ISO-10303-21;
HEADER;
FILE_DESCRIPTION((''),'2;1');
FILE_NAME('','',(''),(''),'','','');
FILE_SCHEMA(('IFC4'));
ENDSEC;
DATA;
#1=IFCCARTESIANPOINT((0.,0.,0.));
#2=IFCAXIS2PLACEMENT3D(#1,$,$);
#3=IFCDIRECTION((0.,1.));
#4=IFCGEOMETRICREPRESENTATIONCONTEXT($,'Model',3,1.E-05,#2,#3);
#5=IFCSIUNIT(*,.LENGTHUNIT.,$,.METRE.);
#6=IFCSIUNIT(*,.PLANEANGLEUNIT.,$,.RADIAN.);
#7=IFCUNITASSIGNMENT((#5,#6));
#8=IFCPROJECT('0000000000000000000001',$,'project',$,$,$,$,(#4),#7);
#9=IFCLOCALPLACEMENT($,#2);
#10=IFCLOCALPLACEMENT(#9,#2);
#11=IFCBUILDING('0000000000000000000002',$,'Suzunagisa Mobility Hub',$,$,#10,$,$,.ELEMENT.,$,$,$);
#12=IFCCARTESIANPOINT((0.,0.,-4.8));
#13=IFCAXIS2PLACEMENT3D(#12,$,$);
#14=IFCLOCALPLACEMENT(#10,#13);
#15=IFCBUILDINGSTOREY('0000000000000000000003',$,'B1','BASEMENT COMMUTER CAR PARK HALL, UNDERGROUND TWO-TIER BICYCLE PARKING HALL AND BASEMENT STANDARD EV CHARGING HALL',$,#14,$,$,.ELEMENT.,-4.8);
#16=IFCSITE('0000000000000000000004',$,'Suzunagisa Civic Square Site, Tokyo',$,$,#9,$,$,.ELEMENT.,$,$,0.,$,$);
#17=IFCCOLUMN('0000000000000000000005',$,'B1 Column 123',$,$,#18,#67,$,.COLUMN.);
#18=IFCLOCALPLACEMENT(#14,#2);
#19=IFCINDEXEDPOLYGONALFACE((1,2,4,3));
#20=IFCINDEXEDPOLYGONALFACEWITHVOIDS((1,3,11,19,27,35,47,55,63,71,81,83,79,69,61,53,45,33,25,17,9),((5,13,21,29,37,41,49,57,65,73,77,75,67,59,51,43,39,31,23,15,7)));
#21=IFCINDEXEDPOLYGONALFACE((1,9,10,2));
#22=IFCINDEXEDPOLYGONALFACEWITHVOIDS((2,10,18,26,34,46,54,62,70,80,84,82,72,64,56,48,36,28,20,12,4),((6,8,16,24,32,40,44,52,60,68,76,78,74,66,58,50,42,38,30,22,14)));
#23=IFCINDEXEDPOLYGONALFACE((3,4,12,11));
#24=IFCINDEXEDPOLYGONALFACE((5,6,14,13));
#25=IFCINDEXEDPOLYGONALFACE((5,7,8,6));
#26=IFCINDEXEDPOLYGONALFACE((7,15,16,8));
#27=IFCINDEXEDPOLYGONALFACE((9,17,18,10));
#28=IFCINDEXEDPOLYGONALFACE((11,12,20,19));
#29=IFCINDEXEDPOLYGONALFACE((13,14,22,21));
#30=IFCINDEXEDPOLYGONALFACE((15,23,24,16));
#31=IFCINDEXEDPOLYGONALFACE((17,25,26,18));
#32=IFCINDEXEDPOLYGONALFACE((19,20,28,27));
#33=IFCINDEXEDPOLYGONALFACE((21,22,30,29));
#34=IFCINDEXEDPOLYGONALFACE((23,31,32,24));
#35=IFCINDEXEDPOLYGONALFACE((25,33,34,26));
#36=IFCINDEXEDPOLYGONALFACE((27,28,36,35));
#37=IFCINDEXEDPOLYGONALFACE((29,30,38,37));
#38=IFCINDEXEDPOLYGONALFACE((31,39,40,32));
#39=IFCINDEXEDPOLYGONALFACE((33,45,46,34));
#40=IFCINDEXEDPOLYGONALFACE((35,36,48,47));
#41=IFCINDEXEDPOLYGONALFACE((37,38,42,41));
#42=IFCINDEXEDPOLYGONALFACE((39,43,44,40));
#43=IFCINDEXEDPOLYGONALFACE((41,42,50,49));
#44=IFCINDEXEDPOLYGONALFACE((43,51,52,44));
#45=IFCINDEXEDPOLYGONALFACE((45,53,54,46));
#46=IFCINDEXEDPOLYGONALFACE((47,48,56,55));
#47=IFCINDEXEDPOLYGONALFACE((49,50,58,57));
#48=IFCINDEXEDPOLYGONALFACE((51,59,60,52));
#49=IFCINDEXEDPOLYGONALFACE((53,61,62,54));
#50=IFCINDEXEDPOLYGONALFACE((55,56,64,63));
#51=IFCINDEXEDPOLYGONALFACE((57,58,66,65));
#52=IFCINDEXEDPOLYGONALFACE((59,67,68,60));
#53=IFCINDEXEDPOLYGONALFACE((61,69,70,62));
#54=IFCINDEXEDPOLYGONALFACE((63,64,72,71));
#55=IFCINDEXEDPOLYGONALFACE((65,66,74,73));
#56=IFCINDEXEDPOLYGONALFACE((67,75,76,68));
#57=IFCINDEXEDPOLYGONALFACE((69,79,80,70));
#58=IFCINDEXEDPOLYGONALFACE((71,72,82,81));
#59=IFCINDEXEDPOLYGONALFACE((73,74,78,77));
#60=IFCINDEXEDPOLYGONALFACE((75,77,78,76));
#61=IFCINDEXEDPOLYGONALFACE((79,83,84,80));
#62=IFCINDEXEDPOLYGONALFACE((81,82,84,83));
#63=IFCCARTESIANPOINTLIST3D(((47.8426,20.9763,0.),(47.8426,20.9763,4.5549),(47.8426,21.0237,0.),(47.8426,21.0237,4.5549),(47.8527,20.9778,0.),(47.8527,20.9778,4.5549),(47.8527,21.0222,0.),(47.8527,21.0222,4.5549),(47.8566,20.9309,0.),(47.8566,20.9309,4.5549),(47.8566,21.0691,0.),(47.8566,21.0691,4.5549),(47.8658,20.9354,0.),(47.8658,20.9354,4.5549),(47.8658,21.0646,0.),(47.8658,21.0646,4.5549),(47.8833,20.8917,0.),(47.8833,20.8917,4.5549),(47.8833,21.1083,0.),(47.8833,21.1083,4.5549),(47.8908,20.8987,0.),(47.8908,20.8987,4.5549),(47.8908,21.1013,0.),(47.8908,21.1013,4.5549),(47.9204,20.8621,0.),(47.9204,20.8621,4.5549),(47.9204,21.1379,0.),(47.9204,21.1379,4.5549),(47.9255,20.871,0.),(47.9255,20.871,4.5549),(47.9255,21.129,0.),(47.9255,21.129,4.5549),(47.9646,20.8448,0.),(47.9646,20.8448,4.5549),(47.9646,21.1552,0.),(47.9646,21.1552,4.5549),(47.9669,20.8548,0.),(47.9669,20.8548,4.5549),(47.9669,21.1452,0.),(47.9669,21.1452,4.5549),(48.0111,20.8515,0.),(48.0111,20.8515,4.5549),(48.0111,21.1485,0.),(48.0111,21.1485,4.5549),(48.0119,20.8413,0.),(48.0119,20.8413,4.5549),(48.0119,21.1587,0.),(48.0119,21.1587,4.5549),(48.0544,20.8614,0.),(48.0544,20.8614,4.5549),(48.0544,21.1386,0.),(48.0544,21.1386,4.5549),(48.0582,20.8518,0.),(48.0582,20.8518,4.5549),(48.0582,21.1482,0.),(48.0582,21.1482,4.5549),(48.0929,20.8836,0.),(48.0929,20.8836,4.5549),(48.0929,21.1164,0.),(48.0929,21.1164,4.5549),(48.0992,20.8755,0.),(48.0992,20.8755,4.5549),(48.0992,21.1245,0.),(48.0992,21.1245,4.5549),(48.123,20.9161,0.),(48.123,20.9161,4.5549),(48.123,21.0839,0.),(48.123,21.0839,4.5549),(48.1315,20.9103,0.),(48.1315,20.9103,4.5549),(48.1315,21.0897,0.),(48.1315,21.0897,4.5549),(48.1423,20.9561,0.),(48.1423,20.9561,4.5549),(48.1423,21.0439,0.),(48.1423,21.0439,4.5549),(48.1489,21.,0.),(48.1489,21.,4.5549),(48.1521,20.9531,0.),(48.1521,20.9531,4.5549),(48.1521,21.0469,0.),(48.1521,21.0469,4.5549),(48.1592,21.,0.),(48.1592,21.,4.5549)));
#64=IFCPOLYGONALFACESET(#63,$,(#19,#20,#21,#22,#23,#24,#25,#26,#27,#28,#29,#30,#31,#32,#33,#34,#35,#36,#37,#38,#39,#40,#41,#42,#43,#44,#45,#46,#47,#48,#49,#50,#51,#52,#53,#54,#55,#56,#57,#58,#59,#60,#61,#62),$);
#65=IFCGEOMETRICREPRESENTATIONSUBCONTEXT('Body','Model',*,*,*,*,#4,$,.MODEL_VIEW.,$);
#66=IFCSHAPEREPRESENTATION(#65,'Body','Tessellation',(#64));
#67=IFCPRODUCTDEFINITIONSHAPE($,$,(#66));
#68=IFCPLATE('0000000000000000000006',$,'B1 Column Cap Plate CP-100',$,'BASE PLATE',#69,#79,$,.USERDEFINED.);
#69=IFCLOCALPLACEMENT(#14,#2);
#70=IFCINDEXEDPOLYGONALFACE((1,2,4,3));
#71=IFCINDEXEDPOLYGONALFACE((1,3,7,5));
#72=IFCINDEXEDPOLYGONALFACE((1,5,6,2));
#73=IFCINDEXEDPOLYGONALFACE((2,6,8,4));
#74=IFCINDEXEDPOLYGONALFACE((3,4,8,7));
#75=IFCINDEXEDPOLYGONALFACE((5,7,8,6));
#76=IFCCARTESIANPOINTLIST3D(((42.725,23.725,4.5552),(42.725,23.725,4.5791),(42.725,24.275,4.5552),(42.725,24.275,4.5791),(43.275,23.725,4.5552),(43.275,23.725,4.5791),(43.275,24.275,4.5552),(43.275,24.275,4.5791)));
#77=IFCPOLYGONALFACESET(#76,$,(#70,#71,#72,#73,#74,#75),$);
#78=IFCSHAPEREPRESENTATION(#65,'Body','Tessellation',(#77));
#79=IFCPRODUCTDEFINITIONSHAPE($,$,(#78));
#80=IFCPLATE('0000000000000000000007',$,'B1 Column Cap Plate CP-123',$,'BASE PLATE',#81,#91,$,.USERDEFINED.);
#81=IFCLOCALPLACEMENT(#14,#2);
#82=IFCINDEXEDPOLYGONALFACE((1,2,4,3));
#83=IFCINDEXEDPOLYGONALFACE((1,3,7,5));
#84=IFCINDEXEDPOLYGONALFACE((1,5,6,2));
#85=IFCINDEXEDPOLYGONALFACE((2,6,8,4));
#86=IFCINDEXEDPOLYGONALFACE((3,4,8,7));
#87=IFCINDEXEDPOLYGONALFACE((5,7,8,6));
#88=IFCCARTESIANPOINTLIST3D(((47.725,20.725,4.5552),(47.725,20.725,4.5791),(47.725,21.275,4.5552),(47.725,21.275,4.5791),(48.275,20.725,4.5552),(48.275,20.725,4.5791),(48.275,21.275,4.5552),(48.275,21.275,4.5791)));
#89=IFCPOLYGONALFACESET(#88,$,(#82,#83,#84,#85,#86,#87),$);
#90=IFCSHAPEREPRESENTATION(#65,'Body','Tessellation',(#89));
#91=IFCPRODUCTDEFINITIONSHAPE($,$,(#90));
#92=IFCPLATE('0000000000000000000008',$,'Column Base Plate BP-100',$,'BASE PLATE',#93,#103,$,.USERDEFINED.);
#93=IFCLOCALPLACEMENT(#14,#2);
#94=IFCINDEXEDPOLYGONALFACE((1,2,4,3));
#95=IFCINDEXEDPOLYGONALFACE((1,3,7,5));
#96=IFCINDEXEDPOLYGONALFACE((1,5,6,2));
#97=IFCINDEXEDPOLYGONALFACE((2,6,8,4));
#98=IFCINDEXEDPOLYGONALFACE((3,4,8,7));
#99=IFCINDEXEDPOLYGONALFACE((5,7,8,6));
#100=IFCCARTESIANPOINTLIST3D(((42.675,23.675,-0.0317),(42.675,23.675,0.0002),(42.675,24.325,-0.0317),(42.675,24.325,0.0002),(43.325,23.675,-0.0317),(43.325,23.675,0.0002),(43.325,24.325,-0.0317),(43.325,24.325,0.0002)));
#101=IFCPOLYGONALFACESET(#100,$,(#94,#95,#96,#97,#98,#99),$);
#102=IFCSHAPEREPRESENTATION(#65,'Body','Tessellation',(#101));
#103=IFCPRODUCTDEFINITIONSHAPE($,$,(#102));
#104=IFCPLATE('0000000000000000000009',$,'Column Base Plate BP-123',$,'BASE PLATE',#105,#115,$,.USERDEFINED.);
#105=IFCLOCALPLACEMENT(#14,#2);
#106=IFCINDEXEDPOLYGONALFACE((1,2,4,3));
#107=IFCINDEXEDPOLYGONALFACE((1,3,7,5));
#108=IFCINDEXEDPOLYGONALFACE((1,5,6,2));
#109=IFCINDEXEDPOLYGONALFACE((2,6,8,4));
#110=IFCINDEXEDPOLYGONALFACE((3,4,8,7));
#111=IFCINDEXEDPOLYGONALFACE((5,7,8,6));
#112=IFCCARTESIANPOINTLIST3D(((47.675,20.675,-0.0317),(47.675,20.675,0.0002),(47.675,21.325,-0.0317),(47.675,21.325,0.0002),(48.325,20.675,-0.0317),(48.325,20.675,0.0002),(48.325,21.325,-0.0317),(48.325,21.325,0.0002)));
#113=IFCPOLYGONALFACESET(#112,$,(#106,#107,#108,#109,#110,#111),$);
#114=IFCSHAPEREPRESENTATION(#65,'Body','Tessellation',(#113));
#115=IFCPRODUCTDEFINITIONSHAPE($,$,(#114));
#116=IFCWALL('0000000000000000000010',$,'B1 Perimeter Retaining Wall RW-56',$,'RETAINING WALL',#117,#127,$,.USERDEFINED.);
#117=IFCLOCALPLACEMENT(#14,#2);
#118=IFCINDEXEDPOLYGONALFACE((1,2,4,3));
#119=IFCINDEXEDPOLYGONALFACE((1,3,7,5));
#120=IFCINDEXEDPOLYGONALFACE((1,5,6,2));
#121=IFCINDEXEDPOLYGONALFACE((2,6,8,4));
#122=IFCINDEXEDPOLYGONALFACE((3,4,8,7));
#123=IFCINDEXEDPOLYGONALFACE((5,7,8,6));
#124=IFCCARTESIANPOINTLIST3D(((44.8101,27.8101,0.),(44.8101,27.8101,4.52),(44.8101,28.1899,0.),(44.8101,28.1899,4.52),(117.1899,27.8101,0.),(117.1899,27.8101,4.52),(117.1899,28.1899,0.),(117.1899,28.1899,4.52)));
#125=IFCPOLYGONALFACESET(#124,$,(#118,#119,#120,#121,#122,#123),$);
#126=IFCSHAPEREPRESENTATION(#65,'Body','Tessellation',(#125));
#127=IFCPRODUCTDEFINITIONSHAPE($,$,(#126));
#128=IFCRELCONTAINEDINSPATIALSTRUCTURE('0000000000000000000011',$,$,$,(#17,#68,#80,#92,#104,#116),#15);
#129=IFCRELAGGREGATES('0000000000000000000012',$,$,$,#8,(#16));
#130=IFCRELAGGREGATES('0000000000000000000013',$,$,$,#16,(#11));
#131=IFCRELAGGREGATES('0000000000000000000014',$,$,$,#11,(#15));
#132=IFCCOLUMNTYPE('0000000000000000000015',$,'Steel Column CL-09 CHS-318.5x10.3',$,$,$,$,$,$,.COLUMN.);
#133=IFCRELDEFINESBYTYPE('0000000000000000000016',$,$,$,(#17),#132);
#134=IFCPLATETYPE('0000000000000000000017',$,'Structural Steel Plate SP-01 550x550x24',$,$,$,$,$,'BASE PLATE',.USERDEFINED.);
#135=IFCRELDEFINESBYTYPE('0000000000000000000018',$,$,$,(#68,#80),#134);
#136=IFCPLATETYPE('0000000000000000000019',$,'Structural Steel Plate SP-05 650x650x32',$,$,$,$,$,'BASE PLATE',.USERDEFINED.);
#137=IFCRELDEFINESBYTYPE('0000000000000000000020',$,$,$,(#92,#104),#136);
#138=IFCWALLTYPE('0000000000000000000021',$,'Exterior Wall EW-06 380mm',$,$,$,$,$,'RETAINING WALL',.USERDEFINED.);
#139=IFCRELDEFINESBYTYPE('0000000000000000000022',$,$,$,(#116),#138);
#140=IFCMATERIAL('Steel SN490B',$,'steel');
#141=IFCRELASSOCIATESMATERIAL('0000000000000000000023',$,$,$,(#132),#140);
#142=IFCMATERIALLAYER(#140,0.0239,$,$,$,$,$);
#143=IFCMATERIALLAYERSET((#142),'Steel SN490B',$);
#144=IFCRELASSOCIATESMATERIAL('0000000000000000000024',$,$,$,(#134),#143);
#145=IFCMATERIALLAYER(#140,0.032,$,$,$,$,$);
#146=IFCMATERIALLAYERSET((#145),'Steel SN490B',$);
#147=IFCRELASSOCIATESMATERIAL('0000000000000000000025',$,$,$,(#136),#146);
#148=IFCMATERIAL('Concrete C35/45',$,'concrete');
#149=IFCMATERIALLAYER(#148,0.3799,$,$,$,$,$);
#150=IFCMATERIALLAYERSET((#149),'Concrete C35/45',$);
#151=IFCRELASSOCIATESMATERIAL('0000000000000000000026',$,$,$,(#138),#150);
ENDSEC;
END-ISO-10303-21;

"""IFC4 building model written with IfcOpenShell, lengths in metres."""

from ifc_helpers import new_model, si_unit, direction, frame, frame_2d, origin, origin_2d, place, context, subcontext, project, spatial, rectangle, hollow_circle, extrude, material, layer, layer_set, material_profile, profile_set, type_object, element, save


model = new_model("IFC4")

# Units and contexts
model_context = context("Model", 3, precision=1e-05, world=origin(), true_north=direction((0.0, 1.0)))
body_context = subcontext(model_context, "Body", "Model", "MODEL_VIEW")
ifc_project = project(units=[si_unit("LENGTHUNIT", "METRE"), si_unit("PLANEANGLEUNIT", "RADIAN")], contexts=[model_context])

# Site, building, storey
site_placement = place(None, origin())
site = spatial("IfcSite", under=ifc_project, at=site_placement, Name="Suzunagisa Civic Square Site, Tokyo", CompositionType="ELEMENT", RefElevation=0.0)
building_placement = place(site_placement, origin())
building = spatial("IfcBuilding", under=site, at=building_placement, Name="Suzunagisa Mobility Hub", CompositionType="ELEMENT")
storey_placement = place(building_placement, frame((0.0, 0.0, -4.8)))
storey = spatial("IfcBuildingStorey", under=building, at=storey_placement, Name="B1", Description="BASEMENT COMMUTER CAR PARK HALL, UNDERGROUND TWO-TIER BICYCLE PARKING HALL AND BASEMENT STANDARD EV CHARGING HALL", CompositionType="ELEMENT", Elevation=-4.8)

# Shared definitions
ifc_material_1 = material(Name="Concrete C35/45", Category="concrete")

# Column
ifc_material_2 = material(Name="Steel SN490B", Category="steel")
ifc_material_profile_1 = material_profile(ifc_material_2, hollow_circle(Radius=0.1592, WallThickness=0.0103, at=origin_2d()), Name="CHS-318.5x10.3")
ifc_profile_set_1 = profile_set([ifc_material_profile_1], Name="Steel SN490B")
column_type = type_object("IfcColumnType", Name="Steel Column CL-09 CHS-318.5x10.3", PredefinedType="COLUMN", material=ifc_profile_set_1)
for number, where, z_axis, x_axis, name in (
    (1, (48.0, 21.0, 0.0), (0.0, 0.0, 1.0), (1.0, 0.0, 0.0), "B1 Column 123"),
):
    element("IfcColumn", number, at=place(storey_placement, frame(where, z_axis=z_axis, x_axis=x_axis)), inside=storey, type_object=column_type, Name=name, PredefinedType="COLUMN", context=body_context, shape_type="SweptSolid", body=[
        extrude(hollow_circle(Radius=0.1592, WallThickness=0.0103, at=origin_2d()), origin(), (0.0, 0.0, 1.0), 4.5549),
    ])

# Plates
ifc_layer_1 = layer(ifc_material_2, 0.0239)
ifc_layer_set_1 = layer_set([ifc_layer_1], Name="Steel SN490B")
plate_type_1 = type_object("IfcPlateType", Name="Structural Steel Plate SP-01 550x550x24", ElementType="BASE PLATE", PredefinedType="USERDEFINED", material=ifc_layer_set_1)
for number, where, z_axis, x_axis, name in (
    (2, (43.0, 24.0, 4.5552), (0.0, 0.0, 1.0), (1.0, 0.0, 0.0), "B1 Column Cap Plate CP-100"),
    (3, (48.0, 21.0, 4.5552), (0.0, 0.0, 1.0), (1.0, 0.0, 0.0), "B1 Column Cap Plate CP-123"),
):
    element("IfcPlate", number, at=place(storey_placement, frame(where, z_axis=z_axis, x_axis=x_axis)), inside=storey, type_object=plate_type_1, Name=name, ObjectType="BASE PLATE", PredefinedType="USERDEFINED", context=body_context, shape_type="SweptSolid", body=[
        extrude(rectangle(XDim=0.55, YDim=0.55, at=origin_2d()), origin(), (0.0, 0.0, 1.0), 0.0239),
    ])
ifc_layer_2 = layer(ifc_material_2, 0.032)
ifc_layer_set_2 = layer_set([ifc_layer_2], Name="Steel SN490B")
plate_type_2 = type_object("IfcPlateType", Name="Structural Steel Plate SP-05 650x650x32", ElementType="BASE PLATE", PredefinedType="USERDEFINED", material=ifc_layer_set_2)
for number, where, z_axis, x_axis, name in (
    (4, (43.0, 24.0, -0.0317), (0.0, 0.0, 1.0), (1.0, 0.0, 0.0), "Column Base Plate BP-100"),
    (5, (48.0, 21.0, -0.0317), (0.0, 0.0, 1.0), (1.0, 0.0, 0.0), "Column Base Plate BP-123"),
):
    element("IfcPlate", number, at=place(storey_placement, frame(where, z_axis=z_axis, x_axis=x_axis)), inside=storey, type_object=plate_type_2, Name=name, ObjectType="BASE PLATE", PredefinedType="USERDEFINED", context=body_context, shape_type="SweptSolid", body=[
        extrude(rectangle(XDim=0.6499, YDim=0.6499, at=origin_2d()), origin(), (0.0, 0.0, 1.0), 0.032),
    ])

# Wall
ifc_layer_3 = layer(ifc_material_1, 0.3799)
ifc_layer_set_3 = layer_set([ifc_layer_3], Name="Concrete C35/45")
wall_type = type_object("IfcWallType", Name="Exterior Wall EW-06 380mm", ElementType="RETAINING WALL", PredefinedType="USERDEFINED", material=ifc_layer_set_3)
wall_placement = place(storey_placement, frame((44.8101, 28.0, 0.0), z_axis=(0.0, 0.0, 1.0), x_axis=(1.0, 0.0, 0.0)))
element("IfcWall", 6, at=wall_placement, inside=storey, type_object=wall_type, Name="B1 Perimeter Retaining Wall RW-56", ObjectType="RETAINING WALL", PredefinedType="USERDEFINED", context=body_context, shape_type="SweptSolid", body=[
    extrude(rectangle(XDim=72.3799, YDim=0.3799, at=frame_2d((36.1899, 0.0))), origin(), (0.0, 0.0, 1.0), 4.52),
])

save(model, "model.ifc")
